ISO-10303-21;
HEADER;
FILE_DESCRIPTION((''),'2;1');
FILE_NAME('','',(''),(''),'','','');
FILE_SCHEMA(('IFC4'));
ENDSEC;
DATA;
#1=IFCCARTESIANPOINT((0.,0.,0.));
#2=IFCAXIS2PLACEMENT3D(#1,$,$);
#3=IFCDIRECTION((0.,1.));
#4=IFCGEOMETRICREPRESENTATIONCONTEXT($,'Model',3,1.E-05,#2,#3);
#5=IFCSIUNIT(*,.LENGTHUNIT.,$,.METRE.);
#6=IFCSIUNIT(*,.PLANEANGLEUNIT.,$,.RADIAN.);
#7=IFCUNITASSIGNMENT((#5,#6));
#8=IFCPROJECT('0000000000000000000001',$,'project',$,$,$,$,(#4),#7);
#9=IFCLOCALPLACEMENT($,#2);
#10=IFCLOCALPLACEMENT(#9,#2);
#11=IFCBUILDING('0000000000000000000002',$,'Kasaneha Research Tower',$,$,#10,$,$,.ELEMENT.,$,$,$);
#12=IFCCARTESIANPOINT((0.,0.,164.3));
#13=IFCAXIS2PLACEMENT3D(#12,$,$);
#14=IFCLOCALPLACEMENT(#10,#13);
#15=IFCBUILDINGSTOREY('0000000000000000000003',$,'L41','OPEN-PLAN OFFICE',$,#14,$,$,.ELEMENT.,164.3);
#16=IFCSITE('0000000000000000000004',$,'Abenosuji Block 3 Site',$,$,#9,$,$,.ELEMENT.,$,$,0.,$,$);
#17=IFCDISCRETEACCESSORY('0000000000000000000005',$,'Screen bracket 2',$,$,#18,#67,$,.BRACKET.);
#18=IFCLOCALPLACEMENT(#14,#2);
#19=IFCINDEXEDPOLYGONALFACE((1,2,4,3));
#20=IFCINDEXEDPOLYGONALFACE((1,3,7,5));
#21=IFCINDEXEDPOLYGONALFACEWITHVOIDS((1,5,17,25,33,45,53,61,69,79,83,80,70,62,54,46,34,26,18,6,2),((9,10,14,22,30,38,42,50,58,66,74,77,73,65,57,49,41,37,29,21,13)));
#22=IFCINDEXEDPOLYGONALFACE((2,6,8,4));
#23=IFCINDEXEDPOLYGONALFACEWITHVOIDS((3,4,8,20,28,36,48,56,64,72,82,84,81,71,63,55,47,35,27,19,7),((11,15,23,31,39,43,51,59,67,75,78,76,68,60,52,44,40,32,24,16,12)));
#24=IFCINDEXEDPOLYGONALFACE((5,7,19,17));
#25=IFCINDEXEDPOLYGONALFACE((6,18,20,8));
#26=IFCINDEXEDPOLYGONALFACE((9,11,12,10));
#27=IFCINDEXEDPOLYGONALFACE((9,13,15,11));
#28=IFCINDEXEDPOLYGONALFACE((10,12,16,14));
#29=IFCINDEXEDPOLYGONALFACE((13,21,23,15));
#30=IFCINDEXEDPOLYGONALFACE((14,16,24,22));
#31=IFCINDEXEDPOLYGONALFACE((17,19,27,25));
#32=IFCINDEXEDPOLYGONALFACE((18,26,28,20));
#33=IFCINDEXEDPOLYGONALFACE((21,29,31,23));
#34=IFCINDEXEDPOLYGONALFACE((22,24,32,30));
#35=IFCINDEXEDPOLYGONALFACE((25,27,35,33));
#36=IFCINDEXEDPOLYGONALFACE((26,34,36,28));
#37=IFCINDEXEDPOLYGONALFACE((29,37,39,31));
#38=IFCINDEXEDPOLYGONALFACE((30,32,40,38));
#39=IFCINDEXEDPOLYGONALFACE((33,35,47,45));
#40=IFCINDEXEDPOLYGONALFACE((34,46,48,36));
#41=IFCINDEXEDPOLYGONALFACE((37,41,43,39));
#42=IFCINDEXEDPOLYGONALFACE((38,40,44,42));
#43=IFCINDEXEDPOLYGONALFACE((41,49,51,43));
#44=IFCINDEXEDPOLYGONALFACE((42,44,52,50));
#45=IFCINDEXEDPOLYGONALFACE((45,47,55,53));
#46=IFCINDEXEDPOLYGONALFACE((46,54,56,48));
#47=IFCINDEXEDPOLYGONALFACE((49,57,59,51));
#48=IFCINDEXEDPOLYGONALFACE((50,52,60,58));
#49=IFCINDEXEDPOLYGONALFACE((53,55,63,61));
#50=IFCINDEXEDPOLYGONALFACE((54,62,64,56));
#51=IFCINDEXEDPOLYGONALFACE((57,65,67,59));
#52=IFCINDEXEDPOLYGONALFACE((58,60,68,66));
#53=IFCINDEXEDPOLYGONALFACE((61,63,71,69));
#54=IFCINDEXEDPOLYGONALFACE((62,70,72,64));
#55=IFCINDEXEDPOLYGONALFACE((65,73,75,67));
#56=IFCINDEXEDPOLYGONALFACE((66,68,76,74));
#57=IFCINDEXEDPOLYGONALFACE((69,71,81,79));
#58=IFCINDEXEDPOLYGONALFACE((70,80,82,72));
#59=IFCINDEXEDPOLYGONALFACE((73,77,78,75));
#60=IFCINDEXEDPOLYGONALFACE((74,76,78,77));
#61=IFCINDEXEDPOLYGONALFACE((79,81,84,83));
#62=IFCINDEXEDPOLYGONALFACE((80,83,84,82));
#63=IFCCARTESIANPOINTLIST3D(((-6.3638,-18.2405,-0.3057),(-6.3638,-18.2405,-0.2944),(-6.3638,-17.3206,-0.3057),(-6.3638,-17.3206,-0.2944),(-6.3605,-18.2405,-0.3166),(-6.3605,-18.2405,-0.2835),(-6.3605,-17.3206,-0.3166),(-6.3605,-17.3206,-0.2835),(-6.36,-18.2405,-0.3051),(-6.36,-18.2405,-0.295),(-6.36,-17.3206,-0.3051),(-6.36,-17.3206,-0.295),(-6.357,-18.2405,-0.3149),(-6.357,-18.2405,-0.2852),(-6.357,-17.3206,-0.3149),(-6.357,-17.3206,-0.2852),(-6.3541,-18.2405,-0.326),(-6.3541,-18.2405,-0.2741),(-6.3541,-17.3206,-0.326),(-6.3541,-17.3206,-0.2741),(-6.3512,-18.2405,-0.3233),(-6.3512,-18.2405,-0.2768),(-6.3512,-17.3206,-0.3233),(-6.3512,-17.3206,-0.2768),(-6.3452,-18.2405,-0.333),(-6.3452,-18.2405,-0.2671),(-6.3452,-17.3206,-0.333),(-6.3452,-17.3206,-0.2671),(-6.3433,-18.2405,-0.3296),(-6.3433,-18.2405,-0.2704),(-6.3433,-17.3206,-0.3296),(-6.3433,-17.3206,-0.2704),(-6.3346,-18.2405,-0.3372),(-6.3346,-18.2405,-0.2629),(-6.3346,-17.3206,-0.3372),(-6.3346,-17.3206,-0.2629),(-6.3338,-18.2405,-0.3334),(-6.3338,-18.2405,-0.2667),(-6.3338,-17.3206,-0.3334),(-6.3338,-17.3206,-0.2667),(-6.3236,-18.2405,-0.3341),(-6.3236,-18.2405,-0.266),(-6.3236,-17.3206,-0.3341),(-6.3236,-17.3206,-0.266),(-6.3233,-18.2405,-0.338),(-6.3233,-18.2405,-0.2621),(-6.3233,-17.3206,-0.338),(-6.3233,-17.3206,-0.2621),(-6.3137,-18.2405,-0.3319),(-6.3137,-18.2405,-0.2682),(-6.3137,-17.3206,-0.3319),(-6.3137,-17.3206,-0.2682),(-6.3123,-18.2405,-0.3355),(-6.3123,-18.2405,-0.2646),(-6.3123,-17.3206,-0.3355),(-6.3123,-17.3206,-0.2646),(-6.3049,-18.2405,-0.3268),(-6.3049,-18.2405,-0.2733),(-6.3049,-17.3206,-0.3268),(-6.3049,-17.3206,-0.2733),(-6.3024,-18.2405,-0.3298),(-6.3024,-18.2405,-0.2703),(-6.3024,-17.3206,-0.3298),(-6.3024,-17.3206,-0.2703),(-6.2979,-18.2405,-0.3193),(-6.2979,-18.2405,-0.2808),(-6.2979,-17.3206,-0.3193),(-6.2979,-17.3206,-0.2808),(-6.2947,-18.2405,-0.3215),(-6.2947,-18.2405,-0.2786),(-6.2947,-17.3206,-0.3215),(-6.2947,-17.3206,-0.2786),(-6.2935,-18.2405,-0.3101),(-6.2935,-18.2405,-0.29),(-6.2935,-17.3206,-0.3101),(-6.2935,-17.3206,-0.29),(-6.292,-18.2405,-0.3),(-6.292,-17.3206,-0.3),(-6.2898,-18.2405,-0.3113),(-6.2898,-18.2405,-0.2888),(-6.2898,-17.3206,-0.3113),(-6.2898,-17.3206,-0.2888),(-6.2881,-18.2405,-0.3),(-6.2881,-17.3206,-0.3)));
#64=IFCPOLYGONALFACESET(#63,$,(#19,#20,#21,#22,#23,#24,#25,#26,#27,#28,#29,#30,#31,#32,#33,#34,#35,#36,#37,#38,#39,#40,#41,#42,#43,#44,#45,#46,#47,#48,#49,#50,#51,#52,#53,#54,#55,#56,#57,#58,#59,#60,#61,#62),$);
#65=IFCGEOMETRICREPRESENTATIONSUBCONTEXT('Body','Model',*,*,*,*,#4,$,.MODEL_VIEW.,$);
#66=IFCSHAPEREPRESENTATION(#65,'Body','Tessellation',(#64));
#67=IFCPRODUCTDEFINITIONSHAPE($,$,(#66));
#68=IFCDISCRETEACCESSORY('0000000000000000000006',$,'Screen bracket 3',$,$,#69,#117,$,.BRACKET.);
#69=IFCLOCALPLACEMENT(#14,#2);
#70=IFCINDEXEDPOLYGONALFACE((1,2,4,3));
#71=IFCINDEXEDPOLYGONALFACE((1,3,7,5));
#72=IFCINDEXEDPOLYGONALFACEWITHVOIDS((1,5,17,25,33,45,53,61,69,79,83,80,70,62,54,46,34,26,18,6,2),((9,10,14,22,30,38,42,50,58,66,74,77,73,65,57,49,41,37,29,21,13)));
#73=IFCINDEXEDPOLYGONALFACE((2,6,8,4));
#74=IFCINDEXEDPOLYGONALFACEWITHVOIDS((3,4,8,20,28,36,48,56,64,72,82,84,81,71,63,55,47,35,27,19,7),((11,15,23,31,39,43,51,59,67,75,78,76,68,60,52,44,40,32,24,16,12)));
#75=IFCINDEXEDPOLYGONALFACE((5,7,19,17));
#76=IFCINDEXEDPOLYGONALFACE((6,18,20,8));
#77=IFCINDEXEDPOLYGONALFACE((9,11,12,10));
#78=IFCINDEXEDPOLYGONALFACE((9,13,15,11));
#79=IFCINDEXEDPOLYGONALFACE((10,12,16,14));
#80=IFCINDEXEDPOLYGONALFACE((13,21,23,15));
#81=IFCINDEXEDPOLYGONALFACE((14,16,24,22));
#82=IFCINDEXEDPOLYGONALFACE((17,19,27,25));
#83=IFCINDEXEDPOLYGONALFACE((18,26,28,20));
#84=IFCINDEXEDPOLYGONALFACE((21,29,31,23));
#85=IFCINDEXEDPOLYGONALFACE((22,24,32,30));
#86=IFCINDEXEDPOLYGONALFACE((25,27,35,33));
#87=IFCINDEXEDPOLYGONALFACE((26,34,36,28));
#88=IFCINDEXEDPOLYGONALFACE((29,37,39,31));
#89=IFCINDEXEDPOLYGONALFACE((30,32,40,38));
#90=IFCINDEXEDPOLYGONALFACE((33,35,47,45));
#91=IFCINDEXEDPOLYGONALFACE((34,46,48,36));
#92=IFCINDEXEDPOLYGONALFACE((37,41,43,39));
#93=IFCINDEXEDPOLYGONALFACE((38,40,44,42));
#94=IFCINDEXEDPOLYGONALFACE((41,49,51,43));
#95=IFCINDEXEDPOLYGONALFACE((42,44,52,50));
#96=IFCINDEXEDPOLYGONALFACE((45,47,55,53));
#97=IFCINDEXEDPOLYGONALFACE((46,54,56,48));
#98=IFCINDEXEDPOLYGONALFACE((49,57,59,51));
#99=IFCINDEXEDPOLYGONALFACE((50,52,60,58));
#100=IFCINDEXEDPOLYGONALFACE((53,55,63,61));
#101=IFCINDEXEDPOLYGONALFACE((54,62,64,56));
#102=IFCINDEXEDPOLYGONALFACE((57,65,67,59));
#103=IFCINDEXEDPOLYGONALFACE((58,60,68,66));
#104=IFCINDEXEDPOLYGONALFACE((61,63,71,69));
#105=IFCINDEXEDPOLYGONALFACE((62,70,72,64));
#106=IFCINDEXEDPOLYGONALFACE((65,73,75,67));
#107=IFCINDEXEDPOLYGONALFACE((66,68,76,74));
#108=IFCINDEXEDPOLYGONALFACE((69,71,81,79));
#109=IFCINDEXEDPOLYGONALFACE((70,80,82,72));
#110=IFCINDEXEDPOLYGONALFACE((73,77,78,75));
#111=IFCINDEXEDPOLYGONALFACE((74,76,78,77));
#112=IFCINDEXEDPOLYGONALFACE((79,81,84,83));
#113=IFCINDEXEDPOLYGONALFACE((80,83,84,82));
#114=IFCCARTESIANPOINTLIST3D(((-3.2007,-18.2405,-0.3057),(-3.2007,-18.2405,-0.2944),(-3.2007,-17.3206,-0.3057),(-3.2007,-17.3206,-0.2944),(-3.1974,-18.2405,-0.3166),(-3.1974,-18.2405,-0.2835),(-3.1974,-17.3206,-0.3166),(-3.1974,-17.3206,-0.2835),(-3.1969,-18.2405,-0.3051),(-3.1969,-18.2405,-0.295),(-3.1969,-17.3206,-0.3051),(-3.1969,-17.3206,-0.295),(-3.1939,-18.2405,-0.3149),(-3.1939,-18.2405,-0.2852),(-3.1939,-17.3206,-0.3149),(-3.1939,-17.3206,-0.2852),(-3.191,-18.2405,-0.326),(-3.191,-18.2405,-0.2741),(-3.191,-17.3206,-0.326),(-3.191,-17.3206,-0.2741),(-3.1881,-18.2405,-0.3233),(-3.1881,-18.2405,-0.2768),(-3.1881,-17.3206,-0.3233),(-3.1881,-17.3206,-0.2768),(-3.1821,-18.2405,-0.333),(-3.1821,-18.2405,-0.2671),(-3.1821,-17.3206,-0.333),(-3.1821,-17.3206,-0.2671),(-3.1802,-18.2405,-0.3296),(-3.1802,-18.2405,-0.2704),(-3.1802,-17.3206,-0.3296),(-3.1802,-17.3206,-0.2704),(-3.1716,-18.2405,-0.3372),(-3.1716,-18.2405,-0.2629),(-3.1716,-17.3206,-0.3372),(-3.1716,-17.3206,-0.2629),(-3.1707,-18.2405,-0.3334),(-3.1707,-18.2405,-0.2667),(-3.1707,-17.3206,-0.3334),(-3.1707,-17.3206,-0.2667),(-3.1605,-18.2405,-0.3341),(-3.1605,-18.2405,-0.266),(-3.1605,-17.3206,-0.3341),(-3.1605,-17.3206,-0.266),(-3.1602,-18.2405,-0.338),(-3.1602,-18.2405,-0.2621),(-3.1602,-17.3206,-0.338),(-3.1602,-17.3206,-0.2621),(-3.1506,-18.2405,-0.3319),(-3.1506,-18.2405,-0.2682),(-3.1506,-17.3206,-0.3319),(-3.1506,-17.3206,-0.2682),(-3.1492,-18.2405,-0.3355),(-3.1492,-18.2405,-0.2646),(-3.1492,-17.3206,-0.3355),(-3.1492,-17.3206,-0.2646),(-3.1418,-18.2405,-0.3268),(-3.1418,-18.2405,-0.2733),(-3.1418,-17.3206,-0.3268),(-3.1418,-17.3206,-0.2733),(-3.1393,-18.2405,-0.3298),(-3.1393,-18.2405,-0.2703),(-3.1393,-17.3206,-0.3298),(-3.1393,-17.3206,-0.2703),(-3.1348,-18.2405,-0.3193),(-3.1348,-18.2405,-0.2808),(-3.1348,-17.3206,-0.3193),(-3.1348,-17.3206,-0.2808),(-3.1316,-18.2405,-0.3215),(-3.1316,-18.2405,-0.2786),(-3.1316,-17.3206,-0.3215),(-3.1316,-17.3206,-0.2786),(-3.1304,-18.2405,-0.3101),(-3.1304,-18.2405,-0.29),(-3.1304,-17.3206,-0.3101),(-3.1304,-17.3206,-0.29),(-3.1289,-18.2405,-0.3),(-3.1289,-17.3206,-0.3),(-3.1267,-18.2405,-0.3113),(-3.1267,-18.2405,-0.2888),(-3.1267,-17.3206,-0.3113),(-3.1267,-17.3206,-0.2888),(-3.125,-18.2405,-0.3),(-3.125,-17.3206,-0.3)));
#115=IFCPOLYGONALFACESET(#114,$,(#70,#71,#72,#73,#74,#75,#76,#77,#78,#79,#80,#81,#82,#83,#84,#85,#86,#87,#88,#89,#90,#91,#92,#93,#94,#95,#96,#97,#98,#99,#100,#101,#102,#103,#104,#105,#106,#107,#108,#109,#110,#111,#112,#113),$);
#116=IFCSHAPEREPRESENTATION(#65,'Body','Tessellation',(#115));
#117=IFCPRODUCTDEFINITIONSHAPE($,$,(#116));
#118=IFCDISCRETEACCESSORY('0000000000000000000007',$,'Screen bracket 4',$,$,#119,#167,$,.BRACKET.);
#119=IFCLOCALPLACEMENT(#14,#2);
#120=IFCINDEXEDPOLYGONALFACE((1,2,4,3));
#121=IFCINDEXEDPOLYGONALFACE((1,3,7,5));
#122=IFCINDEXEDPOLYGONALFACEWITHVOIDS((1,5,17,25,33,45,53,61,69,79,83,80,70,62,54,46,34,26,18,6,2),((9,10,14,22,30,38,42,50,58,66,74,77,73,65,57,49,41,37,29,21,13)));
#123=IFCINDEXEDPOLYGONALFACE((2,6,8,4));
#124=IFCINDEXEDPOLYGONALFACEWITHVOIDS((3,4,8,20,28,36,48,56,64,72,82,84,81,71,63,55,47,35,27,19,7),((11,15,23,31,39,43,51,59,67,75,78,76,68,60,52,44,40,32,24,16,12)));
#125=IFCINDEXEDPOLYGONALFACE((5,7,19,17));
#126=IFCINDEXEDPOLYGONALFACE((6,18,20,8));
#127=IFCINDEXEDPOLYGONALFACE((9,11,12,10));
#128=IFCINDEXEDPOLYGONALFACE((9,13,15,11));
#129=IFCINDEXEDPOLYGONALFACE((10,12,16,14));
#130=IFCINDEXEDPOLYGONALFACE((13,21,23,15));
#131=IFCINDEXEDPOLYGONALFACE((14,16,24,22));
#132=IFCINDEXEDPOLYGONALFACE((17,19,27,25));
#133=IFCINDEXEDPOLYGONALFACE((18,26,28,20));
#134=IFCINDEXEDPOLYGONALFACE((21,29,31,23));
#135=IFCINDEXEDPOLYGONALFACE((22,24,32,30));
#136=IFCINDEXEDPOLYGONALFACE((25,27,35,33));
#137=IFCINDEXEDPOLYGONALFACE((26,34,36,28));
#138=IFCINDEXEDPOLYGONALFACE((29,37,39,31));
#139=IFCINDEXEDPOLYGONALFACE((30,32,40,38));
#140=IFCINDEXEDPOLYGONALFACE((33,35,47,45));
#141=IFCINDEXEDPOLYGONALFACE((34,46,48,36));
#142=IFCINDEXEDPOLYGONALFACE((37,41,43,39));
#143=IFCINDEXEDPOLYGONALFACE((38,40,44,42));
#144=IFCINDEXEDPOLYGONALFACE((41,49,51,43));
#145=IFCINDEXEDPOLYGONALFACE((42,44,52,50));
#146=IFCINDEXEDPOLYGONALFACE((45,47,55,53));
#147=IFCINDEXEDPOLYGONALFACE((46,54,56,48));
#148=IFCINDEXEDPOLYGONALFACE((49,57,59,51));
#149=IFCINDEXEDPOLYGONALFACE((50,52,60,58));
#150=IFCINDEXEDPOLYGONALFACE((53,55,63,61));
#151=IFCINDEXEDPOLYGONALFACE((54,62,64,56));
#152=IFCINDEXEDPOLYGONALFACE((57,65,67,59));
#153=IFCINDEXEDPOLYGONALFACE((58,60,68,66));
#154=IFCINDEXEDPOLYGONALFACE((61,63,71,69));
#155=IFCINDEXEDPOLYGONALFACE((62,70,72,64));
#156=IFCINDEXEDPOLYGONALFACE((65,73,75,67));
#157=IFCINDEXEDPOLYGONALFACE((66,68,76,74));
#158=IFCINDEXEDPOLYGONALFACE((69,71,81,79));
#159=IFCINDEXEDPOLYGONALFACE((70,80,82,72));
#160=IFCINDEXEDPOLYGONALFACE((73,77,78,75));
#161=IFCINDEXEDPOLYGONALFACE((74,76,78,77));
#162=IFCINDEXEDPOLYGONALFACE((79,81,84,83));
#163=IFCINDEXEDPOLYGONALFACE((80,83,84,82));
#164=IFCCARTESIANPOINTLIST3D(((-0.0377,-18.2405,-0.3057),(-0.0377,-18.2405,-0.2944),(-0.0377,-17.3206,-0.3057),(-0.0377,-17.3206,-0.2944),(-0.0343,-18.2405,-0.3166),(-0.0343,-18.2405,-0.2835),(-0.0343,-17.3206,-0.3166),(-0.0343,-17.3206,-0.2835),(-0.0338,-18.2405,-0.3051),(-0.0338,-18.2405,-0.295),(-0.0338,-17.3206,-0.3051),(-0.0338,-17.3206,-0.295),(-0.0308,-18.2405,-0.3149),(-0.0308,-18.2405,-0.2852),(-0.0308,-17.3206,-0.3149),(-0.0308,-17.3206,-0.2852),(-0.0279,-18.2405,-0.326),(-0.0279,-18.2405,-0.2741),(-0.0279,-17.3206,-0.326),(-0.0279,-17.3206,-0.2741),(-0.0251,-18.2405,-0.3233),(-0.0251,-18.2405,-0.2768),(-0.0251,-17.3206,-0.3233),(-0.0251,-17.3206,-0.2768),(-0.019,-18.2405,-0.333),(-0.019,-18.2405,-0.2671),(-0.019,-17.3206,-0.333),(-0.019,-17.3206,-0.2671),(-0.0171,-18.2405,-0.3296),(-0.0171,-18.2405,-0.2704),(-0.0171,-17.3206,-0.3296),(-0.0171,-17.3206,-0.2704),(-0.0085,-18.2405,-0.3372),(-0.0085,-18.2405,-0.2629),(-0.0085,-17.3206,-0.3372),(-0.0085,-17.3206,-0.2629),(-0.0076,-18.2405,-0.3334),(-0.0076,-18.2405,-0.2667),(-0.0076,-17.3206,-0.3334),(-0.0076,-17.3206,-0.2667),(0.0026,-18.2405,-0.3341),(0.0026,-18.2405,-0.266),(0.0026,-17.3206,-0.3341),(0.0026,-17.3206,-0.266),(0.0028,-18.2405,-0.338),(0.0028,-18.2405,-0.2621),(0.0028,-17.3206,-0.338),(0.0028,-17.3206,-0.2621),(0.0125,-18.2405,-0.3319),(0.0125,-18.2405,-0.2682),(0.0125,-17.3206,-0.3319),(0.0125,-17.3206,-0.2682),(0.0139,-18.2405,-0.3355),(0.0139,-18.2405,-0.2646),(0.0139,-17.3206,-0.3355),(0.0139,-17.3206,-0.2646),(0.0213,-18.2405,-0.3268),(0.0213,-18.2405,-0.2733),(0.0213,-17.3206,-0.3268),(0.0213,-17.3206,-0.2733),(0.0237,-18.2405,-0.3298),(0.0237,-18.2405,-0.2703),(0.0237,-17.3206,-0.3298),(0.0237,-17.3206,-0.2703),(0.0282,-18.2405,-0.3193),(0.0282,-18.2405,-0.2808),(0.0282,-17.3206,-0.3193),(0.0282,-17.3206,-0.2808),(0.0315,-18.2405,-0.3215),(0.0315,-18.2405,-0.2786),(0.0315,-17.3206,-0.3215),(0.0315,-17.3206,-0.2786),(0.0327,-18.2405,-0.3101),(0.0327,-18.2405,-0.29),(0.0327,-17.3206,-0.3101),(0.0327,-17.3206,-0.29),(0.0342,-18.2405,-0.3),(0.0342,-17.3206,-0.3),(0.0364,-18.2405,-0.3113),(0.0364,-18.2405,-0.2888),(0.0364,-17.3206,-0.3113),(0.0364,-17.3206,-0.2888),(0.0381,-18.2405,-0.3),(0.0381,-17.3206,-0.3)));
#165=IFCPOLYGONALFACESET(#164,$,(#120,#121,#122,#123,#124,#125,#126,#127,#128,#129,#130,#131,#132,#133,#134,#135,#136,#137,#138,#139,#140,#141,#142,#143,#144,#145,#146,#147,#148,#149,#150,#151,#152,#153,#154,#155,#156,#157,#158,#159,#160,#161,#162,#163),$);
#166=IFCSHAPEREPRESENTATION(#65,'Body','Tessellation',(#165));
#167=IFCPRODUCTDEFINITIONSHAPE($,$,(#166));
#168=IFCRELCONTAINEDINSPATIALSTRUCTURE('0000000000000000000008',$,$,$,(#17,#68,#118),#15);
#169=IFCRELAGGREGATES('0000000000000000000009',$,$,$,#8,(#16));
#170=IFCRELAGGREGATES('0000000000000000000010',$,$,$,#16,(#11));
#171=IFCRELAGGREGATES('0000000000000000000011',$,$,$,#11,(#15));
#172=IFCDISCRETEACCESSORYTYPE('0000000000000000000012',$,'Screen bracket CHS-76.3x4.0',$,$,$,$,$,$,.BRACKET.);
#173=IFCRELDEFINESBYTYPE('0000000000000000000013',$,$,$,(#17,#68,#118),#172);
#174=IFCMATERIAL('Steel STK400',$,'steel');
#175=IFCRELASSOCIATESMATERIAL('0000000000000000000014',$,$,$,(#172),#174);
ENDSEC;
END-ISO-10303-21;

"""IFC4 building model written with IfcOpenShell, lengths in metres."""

from ifc_helpers import new_model, si_unit, direction, frame, origin, origin_2d, place, context, subcontext, project, spatial, hollow_circle, extrude, material, material_profile, profile_set, type_object, element, save


model = new_model("IFC4")

# Units and contexts
model_context = context("Model", 3, precision=1e-05, world=origin(), true_north=direction((0.0, 1.0)))
body_context = subcontext(model_context, "Body", "Model", "MODEL_VIEW")
ifc_project = project(units=[si_unit("LENGTHUNIT", "METRE"), si_unit("PLANEANGLEUNIT", "RADIAN")], contexts=[model_context])

# Site, building, storey
site_placement = place(None, origin())
site = spatial("IfcSite", under=ifc_project, at=site_placement, Name="Abenosuji Block 3 Site", CompositionType="ELEMENT", RefElevation=0.0)
building_placement = place(site_placement, origin())
building = spatial("IfcBuilding", under=site, at=building_placement, Name="Kasaneha Research Tower", CompositionType="ELEMENT")
storey_placement = place(building_placement, frame((0.0, 0.0, 164.3)))
storey = spatial("IfcBuildingStorey", under=building, at=storey_placement, Name="L41", Description="OPEN-PLAN OFFICE", CompositionType="ELEMENT", Elevation=164.3)

# Discrete accessories
ifc_material_1 = material(Name="Steel STK400", Category="steel")
ifc_material_profile_1 = material_profile(ifc_material_1, hollow_circle(Radius=0.0381, WallThickness=0.0039, at=origin_2d()), Name="CHS-76.3x4.0")
ifc_profile_set_1 = profile_set([ifc_material_profile_1], Name="Steel STK400")
discrete_accessory_type = type_object("IfcDiscreteAccessoryType", Name="Screen bracket CHS-76.3x4.0", PredefinedType="BRACKET", material=ifc_profile_set_1)
for number, where, z_axis, x_axis, name in (
    (1, (-6.3262, -17.3206, -0.3), (0.0, -1.0, 0.0), (1.0, 0.0, 0.0), "Screen bracket 2"),
    (2, (-3.1631, -17.3206, -0.3), (0.0, -1.0, 0.0), (1.0, 0.0, 0.0), "Screen bracket 3"),
    (3, (0.0, -17.3206, -0.3), (0.0, -1.0, 0.0), (1.0, 0.0, 0.0), "Screen bracket 4"),
):
    element("IfcDiscreteAccessory", number, at=place(storey_placement, frame(where, z_axis=z_axis, x_axis=x_axis)), inside=storey, type_object=discrete_accessory_type, Name=name, PredefinedType="BRACKET", context=body_context, shape_type="SweptSolid", body=[
        extrude(hollow_circle(Radius=0.0381, WallThickness=0.0039, at=origin_2d()), origin(), (0.0, 0.0, 1.0), 0.9199),
    ])

save(model, "model.ifc")
